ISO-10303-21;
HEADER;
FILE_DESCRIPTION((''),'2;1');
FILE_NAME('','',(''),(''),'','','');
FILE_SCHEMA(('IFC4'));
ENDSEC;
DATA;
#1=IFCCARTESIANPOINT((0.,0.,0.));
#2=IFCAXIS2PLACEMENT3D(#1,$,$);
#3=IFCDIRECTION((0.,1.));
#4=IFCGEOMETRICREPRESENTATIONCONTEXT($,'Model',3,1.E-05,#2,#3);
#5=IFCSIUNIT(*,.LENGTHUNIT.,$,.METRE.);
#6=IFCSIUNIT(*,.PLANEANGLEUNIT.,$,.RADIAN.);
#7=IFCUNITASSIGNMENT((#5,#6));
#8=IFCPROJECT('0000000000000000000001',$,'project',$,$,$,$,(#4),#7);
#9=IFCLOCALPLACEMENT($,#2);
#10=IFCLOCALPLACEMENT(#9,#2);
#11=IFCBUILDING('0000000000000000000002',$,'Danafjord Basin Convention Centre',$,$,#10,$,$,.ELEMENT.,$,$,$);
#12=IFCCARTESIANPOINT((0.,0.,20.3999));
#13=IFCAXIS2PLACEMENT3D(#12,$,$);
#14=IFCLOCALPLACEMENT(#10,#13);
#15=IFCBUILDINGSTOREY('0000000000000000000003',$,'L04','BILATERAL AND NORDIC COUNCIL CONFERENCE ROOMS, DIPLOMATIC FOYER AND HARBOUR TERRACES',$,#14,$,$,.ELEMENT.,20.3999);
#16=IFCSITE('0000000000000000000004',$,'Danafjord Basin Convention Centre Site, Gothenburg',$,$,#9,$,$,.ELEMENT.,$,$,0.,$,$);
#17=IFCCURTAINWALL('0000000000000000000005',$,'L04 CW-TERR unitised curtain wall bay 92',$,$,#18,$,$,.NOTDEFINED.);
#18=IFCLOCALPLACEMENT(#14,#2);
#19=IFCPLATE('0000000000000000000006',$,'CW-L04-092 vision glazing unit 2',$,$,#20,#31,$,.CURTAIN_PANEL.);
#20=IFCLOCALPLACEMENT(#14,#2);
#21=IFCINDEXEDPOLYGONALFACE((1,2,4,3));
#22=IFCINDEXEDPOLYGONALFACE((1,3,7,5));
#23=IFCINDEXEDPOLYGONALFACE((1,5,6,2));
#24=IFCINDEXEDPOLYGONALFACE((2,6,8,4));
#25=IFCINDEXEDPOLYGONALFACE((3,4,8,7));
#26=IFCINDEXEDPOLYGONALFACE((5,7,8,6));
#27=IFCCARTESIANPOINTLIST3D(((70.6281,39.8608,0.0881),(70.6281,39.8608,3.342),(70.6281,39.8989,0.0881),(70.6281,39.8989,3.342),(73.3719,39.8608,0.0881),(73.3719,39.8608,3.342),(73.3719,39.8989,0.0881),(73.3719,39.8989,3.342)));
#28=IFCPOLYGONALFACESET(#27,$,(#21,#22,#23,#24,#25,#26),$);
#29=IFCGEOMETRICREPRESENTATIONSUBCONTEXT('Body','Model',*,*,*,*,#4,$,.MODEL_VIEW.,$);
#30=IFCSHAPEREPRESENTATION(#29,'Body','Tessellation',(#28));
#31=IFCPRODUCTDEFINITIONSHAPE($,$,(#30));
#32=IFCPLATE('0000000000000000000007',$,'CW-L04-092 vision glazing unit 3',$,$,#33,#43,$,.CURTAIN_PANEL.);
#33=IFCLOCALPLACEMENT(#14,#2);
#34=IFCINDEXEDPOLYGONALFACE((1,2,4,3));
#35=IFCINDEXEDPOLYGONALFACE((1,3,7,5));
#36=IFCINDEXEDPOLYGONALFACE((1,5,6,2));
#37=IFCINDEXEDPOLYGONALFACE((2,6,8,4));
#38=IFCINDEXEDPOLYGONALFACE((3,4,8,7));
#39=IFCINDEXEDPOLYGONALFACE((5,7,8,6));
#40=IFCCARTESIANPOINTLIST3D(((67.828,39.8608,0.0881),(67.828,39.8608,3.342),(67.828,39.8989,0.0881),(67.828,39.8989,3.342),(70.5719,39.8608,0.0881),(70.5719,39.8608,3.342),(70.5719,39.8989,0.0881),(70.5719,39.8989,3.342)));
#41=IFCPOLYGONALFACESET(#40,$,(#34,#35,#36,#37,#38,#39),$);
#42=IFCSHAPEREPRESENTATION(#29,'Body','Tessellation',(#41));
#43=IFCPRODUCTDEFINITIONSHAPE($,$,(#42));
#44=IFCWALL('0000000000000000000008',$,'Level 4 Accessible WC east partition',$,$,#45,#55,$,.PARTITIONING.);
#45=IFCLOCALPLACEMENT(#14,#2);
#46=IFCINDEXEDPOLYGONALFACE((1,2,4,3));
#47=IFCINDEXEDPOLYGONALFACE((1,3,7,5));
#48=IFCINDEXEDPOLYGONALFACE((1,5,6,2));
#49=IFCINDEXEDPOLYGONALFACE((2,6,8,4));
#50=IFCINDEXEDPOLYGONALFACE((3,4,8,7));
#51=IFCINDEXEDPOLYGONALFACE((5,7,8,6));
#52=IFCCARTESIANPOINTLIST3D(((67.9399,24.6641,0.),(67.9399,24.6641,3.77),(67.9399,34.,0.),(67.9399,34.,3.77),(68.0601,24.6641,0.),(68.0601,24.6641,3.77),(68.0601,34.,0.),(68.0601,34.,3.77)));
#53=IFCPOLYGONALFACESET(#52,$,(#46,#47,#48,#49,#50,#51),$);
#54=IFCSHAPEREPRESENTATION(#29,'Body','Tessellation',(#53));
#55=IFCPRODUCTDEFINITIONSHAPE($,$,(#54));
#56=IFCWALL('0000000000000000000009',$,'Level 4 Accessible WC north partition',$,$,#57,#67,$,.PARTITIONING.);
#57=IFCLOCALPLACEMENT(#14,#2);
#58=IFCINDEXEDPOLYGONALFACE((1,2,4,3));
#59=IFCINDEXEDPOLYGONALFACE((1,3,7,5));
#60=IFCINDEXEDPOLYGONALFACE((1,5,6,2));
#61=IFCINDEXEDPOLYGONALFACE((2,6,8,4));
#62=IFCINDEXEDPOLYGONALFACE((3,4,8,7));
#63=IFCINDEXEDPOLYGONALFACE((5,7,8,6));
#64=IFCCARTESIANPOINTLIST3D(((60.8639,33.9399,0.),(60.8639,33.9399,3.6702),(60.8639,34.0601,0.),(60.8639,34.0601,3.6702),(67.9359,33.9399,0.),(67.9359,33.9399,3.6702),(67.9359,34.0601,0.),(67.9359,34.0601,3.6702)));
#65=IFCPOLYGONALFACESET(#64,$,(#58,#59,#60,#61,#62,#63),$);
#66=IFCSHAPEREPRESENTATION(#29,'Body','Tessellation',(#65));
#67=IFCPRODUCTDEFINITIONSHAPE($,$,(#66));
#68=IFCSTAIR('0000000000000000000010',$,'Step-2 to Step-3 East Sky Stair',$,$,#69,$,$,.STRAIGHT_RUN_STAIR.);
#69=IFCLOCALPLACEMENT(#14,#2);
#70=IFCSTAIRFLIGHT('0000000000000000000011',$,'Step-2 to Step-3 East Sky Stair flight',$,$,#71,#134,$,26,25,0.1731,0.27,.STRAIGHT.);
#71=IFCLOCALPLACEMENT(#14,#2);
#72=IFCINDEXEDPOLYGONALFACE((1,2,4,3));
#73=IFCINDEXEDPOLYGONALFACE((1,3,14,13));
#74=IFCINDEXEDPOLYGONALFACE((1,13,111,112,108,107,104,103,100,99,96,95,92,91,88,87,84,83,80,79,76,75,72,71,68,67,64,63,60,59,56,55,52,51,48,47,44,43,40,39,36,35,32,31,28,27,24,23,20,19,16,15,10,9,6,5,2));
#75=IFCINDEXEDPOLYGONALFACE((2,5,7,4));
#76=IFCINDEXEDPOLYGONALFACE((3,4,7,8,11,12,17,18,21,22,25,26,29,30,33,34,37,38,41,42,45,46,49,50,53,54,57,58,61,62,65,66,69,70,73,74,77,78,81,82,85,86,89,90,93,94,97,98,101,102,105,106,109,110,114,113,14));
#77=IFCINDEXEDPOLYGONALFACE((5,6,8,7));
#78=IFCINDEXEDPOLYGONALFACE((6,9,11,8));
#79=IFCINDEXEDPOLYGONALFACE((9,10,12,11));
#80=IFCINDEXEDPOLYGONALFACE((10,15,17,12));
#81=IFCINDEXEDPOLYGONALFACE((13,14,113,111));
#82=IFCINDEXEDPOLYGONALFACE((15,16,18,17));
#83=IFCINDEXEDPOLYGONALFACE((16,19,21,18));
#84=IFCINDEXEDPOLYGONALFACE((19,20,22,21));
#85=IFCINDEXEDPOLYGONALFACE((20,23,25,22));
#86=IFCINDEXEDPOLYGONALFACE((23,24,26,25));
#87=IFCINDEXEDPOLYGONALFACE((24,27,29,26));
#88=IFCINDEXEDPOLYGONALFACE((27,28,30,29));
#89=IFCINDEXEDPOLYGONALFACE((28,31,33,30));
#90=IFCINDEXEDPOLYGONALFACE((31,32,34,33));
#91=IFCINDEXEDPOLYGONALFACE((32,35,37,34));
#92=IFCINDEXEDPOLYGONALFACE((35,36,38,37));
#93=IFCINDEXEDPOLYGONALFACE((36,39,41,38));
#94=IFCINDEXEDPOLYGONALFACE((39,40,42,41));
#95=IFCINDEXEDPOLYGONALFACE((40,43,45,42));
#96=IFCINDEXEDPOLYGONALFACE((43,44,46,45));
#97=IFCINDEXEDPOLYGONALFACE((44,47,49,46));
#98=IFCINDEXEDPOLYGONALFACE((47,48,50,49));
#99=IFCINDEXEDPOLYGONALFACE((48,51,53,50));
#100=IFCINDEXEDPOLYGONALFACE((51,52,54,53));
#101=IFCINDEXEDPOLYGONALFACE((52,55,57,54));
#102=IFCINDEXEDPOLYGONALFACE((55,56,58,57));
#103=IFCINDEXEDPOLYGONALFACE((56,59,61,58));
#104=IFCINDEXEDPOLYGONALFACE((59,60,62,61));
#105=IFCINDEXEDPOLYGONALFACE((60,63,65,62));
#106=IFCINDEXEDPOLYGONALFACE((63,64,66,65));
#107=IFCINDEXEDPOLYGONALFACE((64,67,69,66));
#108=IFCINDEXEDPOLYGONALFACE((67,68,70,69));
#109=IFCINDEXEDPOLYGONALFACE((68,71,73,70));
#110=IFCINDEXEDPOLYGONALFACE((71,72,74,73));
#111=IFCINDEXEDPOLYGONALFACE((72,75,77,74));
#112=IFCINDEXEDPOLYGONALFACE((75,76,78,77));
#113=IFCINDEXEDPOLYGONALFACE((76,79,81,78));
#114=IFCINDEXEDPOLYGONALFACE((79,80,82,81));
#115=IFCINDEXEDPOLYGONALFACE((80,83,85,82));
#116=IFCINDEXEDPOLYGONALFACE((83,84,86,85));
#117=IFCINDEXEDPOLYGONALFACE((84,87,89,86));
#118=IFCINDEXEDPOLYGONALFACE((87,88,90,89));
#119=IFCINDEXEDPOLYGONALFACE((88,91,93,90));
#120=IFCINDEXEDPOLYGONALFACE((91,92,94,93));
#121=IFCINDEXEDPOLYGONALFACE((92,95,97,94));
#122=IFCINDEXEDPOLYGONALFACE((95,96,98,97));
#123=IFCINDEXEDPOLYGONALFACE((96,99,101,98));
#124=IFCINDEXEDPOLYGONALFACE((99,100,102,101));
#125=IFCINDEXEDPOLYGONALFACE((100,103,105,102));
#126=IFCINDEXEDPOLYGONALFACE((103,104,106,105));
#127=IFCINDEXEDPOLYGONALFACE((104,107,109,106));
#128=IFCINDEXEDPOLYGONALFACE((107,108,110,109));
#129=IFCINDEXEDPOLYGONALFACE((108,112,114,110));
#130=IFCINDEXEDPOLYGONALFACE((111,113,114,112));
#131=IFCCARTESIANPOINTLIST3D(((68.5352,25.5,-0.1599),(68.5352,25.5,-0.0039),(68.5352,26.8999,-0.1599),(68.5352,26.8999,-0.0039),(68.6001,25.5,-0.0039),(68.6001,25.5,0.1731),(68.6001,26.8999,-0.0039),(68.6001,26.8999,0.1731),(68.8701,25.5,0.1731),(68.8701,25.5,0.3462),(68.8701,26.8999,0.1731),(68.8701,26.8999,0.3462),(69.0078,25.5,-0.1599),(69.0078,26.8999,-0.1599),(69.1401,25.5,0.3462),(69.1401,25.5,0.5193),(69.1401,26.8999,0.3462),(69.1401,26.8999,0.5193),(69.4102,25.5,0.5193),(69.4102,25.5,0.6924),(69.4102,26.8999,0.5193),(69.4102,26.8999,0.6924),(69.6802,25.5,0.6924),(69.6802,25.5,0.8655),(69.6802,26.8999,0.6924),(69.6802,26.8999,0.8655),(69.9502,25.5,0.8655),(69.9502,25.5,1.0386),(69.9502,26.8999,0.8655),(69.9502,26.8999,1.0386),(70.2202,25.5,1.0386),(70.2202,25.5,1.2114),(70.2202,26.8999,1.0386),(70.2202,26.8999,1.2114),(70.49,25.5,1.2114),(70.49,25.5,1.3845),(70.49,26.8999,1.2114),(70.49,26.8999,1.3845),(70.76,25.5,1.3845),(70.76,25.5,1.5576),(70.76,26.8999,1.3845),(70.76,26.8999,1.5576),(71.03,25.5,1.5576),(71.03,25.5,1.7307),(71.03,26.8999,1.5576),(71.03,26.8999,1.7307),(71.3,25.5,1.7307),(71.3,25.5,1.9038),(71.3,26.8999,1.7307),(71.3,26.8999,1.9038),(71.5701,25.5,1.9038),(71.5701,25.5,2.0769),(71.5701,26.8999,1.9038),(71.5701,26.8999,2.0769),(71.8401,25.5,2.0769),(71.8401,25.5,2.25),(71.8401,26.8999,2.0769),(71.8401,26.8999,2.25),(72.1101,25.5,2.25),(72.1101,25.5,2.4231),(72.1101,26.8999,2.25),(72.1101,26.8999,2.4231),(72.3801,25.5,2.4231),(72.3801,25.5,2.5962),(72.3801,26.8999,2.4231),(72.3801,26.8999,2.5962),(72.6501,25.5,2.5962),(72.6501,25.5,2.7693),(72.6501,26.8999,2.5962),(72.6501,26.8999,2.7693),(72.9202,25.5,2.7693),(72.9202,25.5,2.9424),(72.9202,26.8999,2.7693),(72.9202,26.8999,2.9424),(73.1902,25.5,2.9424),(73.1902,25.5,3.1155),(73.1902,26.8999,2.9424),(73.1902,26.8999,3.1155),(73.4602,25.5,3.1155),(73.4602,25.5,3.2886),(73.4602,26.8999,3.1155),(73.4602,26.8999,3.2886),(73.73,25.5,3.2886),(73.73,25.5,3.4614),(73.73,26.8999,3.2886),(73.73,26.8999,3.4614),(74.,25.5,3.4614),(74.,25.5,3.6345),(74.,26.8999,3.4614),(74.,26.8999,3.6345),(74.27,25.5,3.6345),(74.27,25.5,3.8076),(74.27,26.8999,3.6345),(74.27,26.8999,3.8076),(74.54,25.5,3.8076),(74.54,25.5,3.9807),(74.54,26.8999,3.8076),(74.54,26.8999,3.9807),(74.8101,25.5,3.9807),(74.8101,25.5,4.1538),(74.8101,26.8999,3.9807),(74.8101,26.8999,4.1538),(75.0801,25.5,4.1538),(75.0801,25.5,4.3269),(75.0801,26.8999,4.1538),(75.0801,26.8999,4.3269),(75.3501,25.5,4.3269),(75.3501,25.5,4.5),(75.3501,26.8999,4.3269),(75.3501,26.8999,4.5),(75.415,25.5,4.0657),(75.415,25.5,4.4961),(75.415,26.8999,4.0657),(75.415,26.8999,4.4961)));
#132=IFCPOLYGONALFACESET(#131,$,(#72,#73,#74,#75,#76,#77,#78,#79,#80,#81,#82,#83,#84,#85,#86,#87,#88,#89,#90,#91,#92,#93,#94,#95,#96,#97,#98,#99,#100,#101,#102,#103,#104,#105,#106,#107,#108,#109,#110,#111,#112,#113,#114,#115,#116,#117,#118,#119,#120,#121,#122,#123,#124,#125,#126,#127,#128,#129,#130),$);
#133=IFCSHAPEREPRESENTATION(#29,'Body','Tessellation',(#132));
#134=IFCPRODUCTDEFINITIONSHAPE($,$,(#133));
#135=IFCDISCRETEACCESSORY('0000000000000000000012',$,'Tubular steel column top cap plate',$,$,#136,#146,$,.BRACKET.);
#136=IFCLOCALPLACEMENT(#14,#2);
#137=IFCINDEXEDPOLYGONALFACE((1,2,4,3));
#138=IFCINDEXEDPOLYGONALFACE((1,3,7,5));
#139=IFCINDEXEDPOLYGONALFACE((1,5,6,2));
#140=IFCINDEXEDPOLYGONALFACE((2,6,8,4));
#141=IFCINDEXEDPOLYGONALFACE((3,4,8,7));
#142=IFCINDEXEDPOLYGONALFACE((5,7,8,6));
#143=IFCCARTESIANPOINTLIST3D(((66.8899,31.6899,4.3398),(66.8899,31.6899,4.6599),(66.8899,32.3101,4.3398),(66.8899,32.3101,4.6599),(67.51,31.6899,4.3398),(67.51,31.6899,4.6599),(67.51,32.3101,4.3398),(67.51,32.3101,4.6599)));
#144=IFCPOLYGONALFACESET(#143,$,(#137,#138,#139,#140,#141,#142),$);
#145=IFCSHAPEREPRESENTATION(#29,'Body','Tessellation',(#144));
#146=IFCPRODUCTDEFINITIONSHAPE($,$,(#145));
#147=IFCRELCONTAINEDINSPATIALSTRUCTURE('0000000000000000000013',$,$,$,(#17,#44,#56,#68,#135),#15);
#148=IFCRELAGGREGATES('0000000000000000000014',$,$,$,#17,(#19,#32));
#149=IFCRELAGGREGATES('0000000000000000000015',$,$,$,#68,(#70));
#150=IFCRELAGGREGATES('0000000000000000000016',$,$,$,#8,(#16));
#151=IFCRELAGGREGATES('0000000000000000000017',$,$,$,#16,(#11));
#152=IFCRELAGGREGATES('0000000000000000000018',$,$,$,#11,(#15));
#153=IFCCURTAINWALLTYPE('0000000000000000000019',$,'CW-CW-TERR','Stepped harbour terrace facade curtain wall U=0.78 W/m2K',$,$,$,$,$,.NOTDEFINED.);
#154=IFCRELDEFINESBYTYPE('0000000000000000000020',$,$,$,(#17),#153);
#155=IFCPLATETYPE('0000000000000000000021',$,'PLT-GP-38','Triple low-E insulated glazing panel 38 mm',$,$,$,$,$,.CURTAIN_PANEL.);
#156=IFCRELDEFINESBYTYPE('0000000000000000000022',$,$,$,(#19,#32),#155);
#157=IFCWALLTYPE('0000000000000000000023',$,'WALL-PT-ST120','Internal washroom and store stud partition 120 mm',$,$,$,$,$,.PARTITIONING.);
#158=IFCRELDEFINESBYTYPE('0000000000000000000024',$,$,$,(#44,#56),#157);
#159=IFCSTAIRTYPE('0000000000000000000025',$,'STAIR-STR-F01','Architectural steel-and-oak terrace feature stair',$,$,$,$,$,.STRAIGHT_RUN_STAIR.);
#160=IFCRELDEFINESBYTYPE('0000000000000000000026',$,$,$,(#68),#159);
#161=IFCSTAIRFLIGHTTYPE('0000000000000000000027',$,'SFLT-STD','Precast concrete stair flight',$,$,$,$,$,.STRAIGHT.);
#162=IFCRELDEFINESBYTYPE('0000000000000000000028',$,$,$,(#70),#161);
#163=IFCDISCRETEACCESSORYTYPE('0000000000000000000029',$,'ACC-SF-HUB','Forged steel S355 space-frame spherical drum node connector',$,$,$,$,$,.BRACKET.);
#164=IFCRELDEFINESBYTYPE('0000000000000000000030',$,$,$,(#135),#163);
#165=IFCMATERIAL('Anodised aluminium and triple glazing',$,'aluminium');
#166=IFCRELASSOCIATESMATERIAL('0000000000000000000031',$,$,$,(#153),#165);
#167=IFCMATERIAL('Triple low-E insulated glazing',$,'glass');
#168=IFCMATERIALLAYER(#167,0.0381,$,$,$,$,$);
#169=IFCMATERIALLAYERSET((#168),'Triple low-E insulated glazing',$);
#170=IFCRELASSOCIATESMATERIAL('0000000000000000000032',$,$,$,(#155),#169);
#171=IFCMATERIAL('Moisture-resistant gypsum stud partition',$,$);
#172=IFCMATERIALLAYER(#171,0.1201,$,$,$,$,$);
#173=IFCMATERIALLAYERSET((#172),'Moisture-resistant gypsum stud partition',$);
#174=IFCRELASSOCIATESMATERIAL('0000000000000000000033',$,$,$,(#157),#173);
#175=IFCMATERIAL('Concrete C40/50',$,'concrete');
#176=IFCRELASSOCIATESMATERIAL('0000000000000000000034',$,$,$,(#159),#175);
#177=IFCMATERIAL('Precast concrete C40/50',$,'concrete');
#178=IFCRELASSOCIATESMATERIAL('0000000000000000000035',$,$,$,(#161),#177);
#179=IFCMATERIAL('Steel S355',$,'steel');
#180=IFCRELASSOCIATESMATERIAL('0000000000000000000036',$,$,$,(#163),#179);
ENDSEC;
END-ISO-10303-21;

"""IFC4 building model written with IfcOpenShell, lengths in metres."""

from ifc_helpers import new_model, si_unit, direction, frame, frame_2d, origin, origin_2d, place, context, subcontext, project, spatial, polyline, rectangle, outline, extrude, material, layer, layer_set, type_object, element, aggregate, save


model = new_model("IFC4")

# Units and contexts
model_context = context("Model", 3, precision=1e-05, world=origin(), true_north=direction((0.0, 1.0)))
body_context = subcontext(model_context, "Body", "Model", "MODEL_VIEW")
ifc_project = project(units=[si_unit("LENGTHUNIT", "METRE"), si_unit("PLANEANGLEUNIT", "RADIAN")], contexts=[model_context])

# Site, building, storey
site_placement = place(None, origin())
site = spatial("IfcSite", under=ifc_project, at=site_placement, Name="Danafjord Basin Convention Centre Site, Gothenburg", CompositionType="ELEMENT", RefElevation=0.0)
building_placement = place(site_placement, origin())
building = spatial("IfcBuilding", under=site, at=building_placement, Name="Danafjord Basin Convention Centre", CompositionType="ELEMENT")
storey_placement = place(building_placement, frame((0.0, 0.0, 20.3999)))
storey = spatial("IfcBuildingStorey", under=building, at=storey_placement, Name="L04", Description="BILATERAL AND NORDIC COUNCIL CONFERENCE ROOMS, DIPLOMATIC FOYER AND HARBOUR TERRACES", CompositionType="ELEMENT", Elevation=20.3999)

# Shared definitions
ifc_material_1 = material(Name="Steel S355", Category="steel")

# Curtain wall
ifc_material_2 = material(Name="Anodised aluminium and triple glazing", Category="aluminium")
curtain_wall_type = type_object("IfcCurtainWallType", Name="CW-CW-TERR", Description="Stepped harbour terrace facade curtain wall U=0.78 W/m2K", PredefinedType="NOTDEFINED", material=ifc_material_2)
curtain_wall_1_placement = place(storey_placement, origin())
curtain_wall_1 = element("IfcCurtainWall", 1, at=curtain_wall_1_placement, inside=storey, type_object=curtain_wall_type, Name="L04 CW-TERR unitised curtain wall bay 92", PredefinedType="NOTDEFINED")

# Plates
ifc_material_3 = material(Name="Triple low-E insulated glazing", Category="glass")
ifc_layer_1 = layer(ifc_material_3, 0.0381)
ifc_layer_set_1 = layer_set([ifc_layer_1], Name="Triple low-E insulated glazing")
plate_type = type_object("IfcPlateType", Name="PLT-GP-38", Description="Triple low-E insulated glazing panel 38 mm", PredefinedType="CURTAIN_PANEL", material=ifc_layer_set_1)
plate_1_placement = place(storey_placement, frame((72.0, 39.8799, 0.0881), z_axis=(0.0, 0.0, 1.0), x_axis=(-1.0, 0.0, 0.0)))
plate_1 = element("IfcPlate", 2, at=plate_1_placement, type_object=plate_type, Name="CW-L04-092 vision glazing unit 2", PredefinedType="CURTAIN_PANEL", context=body_context, shape_type="SweptSolid", body=[
    extrude(rectangle(XDim=2.7439, YDim=0.0381, at=origin_2d()), origin(), (0.0, 0.0, 1.0), 3.2539),
])
plate_2_placement = place(storey_placement, frame((69.2, 39.8799, 0.0881), z_axis=(0.0, 0.0, 1.0), x_axis=(-1.0, 0.0, 0.0)))
plate_2 = element("IfcPlate", 3, at=plate_2_placement, type_object=plate_type, Name="CW-L04-092 vision glazing unit 3", PredefinedType="CURTAIN_PANEL", context=body_context, shape_type="SweptSolid", body=[
    extrude(rectangle(XDim=2.7439, YDim=0.0381, at=origin_2d()), origin(), (0.0, 0.0, 1.0), 3.2539),
])
aggregate(curtain_wall_1, [plate_1, plate_2])

# Walls
ifc_material_4 = material(Name="Moisture-resistant gypsum stud partition")
ifc_layer_2 = layer(ifc_material_4, 0.1201)
ifc_layer_set_2 = layer_set([ifc_layer_2], Name="Moisture-resistant gypsum stud partition")
wall_type = type_object("IfcWallType", Name="WALL-PT-ST120", Description="Internal washroom and store stud partition 120 mm", PredefinedType="PARTITIONING", material=ifc_layer_set_2)
wall_1_placement = place(storey_placement, frame((68.0, 24.6641, 0.0), z_axis=(0.0, 0.0, 1.0), x_axis=(0.0, 1.0, 0.0)))
element("IfcWall", 4, at=wall_1_placement, inside=storey, type_object=wall_type, Name="Level 4 Accessible WC east partition", PredefinedType="PARTITIONING", context=body_context, shape_type="SweptSolid", body=[
    extrude(rectangle(XDim=9.3359, YDim=0.1201, at=frame_2d((4.668, 0.0))), origin(), (0.0, 0.0, 1.0), 3.77),
])
wall_2_placement = place(storey_placement, frame((67.936, 34.0, 0.0), z_axis=(0.0, 0.0, 1.0), x_axis=(-1.0, 0.0, 0.0)))
element("IfcWall", 5, at=wall_2_placement, inside=storey, type_object=wall_type, Name="Level 4 Accessible WC north partition", PredefinedType="PARTITIONING", context=body_context, shape_type="SweptSolid", body=[
    extrude(rectangle(XDim=7.072, YDim=0.1201, at=frame_2d((3.5361, 0.0))), origin(), (0.0, 0.0, 1.0), 3.6702),
])

# Stair, stair flight
ifc_material_5 = material(Name="Concrete C40/50", Category="concrete")
stair_type = type_object("IfcStairType", Name="STAIR-STR-F01", Description="Architectural steel-and-oak terrace feature stair", PredefinedType="STRAIGHT_RUN_STAIR", material=ifc_material_5)
stair_placement = place(storey_placement, origin())
stair = element("IfcStair", 6, at=stair_placement, inside=storey, type_object=stair_type, Name="Step-2 to Step-3 East Sky Stair", PredefinedType="STRAIGHT_RUN_STAIR")
ifc_material_6 = material(Name="Precast concrete C40/50", Category="concrete")
stair_flight_type = type_object("IfcStairFlightType", Name="SFLT-STD", Description="Precast concrete stair flight", PredefinedType="STRAIGHT", material=ifc_material_6)
stair_flight_placement = place(storey_placement, frame((68.6001, 26.2, 0.0), z_axis=(0.0, 0.0, 1.0), x_axis=(1.0, 0.0, 0.0)))
stair_flight = element("IfcStairFlight", 7, at=stair_flight_placement, type_object=stair_flight_type, Name="Step-2 to Step-3 East Sky Stair flight", NumberOfRisers=26, NumberOfTreads=25, PredefinedType="STRAIGHT", RiserHeight=0.1731, TreadLength=0.27, context=body_context, shape_type="SweptSolid", body=[
    extrude(outline(polyline([(-0.0649, -0.1599), (-0.0649, -0.0039), (0.0, -0.0039), (0.0, 0.1731), (0.27, 0.1731), (0.27, 0.3462), (0.54, 0.3462), (0.54, 0.5193), (0.8101, 0.5193), (0.8101, 0.6924), (1.0801, 0.6924), (1.0801, 0.8655), (1.3501, 0.8655), (1.3501, 1.0386), (1.6201, 1.0386), (1.6201, 1.2114), (1.8899, 1.2114), (1.8899, 1.3845), (2.1599, 1.3845), (2.1599, 1.5576), (2.4299, 1.5576), (2.4299, 1.7307), (2.7, 1.7307), (2.7, 1.9038), (2.97, 1.9038), (2.97, 2.0769), (3.24, 2.0769), (3.24, 2.25), (3.51, 2.25), (3.51, 2.4231), (3.78, 2.4231), (3.78, 2.5962), (4.05, 2.5962), (4.05, 2.7693), (4.3201, 2.7693), (4.3201, 2.9424), (4.5901, 2.9424), (4.5901, 3.1155), (4.8601, 3.1155), (4.8601, 3.2886), (5.1299, 3.2886), (5.1299, 3.4614), (5.3999, 3.4614), (5.3999, 3.6345), (5.6699, 3.6345), (5.6699, 3.8076), (5.9399, 3.8076), (5.9399, 3.9807), (6.21, 3.9807), (6.21, 4.1538), (6.48, 4.1538), (6.48, 4.3269), (6.75, 4.3269), (6.75, 4.5), (6.8149, 4.4961), (6.8149, 4.0657), (0.4077, -0.1599), (-0.0649, -0.1599)])), frame((0.0, 0.7, 0.0), z_axis=(0.0, -1.0, 0.0), x_axis=(1.0, 0.0, 0.0)), (0.0, 0.0, 1.0), 1.3999),
])
aggregate(stair, [stair_flight])

# Discrete accessory
discrete_accessory_type = type_object("IfcDiscreteAccessoryType", Name="ACC-SF-HUB", Description="Forged steel S355 space-frame spherical drum node connector", PredefinedType="BRACKET", material=ifc_material_1)
discrete_accessory_placement = place(storey_placement, frame((67.2, 32.0, 4.3398), z_axis=(0.0, 0.0, 1.0), x_axis=(1.0, 0.0, 0.0)))
element("IfcDiscreteAccessory", 8, at=discrete_accessory_placement, inside=storey, type_object=discrete_accessory_type, Name="Tubular steel column top cap plate", PredefinedType="BRACKET", context=body_context, shape_type="SweptSolid", body=[
    extrude(rectangle(XDim=0.6201, YDim=0.6201, at=origin_2d()), origin(), (0.0, 0.0, 1.0), 0.3201),
])

save(model, "model.ifc")
